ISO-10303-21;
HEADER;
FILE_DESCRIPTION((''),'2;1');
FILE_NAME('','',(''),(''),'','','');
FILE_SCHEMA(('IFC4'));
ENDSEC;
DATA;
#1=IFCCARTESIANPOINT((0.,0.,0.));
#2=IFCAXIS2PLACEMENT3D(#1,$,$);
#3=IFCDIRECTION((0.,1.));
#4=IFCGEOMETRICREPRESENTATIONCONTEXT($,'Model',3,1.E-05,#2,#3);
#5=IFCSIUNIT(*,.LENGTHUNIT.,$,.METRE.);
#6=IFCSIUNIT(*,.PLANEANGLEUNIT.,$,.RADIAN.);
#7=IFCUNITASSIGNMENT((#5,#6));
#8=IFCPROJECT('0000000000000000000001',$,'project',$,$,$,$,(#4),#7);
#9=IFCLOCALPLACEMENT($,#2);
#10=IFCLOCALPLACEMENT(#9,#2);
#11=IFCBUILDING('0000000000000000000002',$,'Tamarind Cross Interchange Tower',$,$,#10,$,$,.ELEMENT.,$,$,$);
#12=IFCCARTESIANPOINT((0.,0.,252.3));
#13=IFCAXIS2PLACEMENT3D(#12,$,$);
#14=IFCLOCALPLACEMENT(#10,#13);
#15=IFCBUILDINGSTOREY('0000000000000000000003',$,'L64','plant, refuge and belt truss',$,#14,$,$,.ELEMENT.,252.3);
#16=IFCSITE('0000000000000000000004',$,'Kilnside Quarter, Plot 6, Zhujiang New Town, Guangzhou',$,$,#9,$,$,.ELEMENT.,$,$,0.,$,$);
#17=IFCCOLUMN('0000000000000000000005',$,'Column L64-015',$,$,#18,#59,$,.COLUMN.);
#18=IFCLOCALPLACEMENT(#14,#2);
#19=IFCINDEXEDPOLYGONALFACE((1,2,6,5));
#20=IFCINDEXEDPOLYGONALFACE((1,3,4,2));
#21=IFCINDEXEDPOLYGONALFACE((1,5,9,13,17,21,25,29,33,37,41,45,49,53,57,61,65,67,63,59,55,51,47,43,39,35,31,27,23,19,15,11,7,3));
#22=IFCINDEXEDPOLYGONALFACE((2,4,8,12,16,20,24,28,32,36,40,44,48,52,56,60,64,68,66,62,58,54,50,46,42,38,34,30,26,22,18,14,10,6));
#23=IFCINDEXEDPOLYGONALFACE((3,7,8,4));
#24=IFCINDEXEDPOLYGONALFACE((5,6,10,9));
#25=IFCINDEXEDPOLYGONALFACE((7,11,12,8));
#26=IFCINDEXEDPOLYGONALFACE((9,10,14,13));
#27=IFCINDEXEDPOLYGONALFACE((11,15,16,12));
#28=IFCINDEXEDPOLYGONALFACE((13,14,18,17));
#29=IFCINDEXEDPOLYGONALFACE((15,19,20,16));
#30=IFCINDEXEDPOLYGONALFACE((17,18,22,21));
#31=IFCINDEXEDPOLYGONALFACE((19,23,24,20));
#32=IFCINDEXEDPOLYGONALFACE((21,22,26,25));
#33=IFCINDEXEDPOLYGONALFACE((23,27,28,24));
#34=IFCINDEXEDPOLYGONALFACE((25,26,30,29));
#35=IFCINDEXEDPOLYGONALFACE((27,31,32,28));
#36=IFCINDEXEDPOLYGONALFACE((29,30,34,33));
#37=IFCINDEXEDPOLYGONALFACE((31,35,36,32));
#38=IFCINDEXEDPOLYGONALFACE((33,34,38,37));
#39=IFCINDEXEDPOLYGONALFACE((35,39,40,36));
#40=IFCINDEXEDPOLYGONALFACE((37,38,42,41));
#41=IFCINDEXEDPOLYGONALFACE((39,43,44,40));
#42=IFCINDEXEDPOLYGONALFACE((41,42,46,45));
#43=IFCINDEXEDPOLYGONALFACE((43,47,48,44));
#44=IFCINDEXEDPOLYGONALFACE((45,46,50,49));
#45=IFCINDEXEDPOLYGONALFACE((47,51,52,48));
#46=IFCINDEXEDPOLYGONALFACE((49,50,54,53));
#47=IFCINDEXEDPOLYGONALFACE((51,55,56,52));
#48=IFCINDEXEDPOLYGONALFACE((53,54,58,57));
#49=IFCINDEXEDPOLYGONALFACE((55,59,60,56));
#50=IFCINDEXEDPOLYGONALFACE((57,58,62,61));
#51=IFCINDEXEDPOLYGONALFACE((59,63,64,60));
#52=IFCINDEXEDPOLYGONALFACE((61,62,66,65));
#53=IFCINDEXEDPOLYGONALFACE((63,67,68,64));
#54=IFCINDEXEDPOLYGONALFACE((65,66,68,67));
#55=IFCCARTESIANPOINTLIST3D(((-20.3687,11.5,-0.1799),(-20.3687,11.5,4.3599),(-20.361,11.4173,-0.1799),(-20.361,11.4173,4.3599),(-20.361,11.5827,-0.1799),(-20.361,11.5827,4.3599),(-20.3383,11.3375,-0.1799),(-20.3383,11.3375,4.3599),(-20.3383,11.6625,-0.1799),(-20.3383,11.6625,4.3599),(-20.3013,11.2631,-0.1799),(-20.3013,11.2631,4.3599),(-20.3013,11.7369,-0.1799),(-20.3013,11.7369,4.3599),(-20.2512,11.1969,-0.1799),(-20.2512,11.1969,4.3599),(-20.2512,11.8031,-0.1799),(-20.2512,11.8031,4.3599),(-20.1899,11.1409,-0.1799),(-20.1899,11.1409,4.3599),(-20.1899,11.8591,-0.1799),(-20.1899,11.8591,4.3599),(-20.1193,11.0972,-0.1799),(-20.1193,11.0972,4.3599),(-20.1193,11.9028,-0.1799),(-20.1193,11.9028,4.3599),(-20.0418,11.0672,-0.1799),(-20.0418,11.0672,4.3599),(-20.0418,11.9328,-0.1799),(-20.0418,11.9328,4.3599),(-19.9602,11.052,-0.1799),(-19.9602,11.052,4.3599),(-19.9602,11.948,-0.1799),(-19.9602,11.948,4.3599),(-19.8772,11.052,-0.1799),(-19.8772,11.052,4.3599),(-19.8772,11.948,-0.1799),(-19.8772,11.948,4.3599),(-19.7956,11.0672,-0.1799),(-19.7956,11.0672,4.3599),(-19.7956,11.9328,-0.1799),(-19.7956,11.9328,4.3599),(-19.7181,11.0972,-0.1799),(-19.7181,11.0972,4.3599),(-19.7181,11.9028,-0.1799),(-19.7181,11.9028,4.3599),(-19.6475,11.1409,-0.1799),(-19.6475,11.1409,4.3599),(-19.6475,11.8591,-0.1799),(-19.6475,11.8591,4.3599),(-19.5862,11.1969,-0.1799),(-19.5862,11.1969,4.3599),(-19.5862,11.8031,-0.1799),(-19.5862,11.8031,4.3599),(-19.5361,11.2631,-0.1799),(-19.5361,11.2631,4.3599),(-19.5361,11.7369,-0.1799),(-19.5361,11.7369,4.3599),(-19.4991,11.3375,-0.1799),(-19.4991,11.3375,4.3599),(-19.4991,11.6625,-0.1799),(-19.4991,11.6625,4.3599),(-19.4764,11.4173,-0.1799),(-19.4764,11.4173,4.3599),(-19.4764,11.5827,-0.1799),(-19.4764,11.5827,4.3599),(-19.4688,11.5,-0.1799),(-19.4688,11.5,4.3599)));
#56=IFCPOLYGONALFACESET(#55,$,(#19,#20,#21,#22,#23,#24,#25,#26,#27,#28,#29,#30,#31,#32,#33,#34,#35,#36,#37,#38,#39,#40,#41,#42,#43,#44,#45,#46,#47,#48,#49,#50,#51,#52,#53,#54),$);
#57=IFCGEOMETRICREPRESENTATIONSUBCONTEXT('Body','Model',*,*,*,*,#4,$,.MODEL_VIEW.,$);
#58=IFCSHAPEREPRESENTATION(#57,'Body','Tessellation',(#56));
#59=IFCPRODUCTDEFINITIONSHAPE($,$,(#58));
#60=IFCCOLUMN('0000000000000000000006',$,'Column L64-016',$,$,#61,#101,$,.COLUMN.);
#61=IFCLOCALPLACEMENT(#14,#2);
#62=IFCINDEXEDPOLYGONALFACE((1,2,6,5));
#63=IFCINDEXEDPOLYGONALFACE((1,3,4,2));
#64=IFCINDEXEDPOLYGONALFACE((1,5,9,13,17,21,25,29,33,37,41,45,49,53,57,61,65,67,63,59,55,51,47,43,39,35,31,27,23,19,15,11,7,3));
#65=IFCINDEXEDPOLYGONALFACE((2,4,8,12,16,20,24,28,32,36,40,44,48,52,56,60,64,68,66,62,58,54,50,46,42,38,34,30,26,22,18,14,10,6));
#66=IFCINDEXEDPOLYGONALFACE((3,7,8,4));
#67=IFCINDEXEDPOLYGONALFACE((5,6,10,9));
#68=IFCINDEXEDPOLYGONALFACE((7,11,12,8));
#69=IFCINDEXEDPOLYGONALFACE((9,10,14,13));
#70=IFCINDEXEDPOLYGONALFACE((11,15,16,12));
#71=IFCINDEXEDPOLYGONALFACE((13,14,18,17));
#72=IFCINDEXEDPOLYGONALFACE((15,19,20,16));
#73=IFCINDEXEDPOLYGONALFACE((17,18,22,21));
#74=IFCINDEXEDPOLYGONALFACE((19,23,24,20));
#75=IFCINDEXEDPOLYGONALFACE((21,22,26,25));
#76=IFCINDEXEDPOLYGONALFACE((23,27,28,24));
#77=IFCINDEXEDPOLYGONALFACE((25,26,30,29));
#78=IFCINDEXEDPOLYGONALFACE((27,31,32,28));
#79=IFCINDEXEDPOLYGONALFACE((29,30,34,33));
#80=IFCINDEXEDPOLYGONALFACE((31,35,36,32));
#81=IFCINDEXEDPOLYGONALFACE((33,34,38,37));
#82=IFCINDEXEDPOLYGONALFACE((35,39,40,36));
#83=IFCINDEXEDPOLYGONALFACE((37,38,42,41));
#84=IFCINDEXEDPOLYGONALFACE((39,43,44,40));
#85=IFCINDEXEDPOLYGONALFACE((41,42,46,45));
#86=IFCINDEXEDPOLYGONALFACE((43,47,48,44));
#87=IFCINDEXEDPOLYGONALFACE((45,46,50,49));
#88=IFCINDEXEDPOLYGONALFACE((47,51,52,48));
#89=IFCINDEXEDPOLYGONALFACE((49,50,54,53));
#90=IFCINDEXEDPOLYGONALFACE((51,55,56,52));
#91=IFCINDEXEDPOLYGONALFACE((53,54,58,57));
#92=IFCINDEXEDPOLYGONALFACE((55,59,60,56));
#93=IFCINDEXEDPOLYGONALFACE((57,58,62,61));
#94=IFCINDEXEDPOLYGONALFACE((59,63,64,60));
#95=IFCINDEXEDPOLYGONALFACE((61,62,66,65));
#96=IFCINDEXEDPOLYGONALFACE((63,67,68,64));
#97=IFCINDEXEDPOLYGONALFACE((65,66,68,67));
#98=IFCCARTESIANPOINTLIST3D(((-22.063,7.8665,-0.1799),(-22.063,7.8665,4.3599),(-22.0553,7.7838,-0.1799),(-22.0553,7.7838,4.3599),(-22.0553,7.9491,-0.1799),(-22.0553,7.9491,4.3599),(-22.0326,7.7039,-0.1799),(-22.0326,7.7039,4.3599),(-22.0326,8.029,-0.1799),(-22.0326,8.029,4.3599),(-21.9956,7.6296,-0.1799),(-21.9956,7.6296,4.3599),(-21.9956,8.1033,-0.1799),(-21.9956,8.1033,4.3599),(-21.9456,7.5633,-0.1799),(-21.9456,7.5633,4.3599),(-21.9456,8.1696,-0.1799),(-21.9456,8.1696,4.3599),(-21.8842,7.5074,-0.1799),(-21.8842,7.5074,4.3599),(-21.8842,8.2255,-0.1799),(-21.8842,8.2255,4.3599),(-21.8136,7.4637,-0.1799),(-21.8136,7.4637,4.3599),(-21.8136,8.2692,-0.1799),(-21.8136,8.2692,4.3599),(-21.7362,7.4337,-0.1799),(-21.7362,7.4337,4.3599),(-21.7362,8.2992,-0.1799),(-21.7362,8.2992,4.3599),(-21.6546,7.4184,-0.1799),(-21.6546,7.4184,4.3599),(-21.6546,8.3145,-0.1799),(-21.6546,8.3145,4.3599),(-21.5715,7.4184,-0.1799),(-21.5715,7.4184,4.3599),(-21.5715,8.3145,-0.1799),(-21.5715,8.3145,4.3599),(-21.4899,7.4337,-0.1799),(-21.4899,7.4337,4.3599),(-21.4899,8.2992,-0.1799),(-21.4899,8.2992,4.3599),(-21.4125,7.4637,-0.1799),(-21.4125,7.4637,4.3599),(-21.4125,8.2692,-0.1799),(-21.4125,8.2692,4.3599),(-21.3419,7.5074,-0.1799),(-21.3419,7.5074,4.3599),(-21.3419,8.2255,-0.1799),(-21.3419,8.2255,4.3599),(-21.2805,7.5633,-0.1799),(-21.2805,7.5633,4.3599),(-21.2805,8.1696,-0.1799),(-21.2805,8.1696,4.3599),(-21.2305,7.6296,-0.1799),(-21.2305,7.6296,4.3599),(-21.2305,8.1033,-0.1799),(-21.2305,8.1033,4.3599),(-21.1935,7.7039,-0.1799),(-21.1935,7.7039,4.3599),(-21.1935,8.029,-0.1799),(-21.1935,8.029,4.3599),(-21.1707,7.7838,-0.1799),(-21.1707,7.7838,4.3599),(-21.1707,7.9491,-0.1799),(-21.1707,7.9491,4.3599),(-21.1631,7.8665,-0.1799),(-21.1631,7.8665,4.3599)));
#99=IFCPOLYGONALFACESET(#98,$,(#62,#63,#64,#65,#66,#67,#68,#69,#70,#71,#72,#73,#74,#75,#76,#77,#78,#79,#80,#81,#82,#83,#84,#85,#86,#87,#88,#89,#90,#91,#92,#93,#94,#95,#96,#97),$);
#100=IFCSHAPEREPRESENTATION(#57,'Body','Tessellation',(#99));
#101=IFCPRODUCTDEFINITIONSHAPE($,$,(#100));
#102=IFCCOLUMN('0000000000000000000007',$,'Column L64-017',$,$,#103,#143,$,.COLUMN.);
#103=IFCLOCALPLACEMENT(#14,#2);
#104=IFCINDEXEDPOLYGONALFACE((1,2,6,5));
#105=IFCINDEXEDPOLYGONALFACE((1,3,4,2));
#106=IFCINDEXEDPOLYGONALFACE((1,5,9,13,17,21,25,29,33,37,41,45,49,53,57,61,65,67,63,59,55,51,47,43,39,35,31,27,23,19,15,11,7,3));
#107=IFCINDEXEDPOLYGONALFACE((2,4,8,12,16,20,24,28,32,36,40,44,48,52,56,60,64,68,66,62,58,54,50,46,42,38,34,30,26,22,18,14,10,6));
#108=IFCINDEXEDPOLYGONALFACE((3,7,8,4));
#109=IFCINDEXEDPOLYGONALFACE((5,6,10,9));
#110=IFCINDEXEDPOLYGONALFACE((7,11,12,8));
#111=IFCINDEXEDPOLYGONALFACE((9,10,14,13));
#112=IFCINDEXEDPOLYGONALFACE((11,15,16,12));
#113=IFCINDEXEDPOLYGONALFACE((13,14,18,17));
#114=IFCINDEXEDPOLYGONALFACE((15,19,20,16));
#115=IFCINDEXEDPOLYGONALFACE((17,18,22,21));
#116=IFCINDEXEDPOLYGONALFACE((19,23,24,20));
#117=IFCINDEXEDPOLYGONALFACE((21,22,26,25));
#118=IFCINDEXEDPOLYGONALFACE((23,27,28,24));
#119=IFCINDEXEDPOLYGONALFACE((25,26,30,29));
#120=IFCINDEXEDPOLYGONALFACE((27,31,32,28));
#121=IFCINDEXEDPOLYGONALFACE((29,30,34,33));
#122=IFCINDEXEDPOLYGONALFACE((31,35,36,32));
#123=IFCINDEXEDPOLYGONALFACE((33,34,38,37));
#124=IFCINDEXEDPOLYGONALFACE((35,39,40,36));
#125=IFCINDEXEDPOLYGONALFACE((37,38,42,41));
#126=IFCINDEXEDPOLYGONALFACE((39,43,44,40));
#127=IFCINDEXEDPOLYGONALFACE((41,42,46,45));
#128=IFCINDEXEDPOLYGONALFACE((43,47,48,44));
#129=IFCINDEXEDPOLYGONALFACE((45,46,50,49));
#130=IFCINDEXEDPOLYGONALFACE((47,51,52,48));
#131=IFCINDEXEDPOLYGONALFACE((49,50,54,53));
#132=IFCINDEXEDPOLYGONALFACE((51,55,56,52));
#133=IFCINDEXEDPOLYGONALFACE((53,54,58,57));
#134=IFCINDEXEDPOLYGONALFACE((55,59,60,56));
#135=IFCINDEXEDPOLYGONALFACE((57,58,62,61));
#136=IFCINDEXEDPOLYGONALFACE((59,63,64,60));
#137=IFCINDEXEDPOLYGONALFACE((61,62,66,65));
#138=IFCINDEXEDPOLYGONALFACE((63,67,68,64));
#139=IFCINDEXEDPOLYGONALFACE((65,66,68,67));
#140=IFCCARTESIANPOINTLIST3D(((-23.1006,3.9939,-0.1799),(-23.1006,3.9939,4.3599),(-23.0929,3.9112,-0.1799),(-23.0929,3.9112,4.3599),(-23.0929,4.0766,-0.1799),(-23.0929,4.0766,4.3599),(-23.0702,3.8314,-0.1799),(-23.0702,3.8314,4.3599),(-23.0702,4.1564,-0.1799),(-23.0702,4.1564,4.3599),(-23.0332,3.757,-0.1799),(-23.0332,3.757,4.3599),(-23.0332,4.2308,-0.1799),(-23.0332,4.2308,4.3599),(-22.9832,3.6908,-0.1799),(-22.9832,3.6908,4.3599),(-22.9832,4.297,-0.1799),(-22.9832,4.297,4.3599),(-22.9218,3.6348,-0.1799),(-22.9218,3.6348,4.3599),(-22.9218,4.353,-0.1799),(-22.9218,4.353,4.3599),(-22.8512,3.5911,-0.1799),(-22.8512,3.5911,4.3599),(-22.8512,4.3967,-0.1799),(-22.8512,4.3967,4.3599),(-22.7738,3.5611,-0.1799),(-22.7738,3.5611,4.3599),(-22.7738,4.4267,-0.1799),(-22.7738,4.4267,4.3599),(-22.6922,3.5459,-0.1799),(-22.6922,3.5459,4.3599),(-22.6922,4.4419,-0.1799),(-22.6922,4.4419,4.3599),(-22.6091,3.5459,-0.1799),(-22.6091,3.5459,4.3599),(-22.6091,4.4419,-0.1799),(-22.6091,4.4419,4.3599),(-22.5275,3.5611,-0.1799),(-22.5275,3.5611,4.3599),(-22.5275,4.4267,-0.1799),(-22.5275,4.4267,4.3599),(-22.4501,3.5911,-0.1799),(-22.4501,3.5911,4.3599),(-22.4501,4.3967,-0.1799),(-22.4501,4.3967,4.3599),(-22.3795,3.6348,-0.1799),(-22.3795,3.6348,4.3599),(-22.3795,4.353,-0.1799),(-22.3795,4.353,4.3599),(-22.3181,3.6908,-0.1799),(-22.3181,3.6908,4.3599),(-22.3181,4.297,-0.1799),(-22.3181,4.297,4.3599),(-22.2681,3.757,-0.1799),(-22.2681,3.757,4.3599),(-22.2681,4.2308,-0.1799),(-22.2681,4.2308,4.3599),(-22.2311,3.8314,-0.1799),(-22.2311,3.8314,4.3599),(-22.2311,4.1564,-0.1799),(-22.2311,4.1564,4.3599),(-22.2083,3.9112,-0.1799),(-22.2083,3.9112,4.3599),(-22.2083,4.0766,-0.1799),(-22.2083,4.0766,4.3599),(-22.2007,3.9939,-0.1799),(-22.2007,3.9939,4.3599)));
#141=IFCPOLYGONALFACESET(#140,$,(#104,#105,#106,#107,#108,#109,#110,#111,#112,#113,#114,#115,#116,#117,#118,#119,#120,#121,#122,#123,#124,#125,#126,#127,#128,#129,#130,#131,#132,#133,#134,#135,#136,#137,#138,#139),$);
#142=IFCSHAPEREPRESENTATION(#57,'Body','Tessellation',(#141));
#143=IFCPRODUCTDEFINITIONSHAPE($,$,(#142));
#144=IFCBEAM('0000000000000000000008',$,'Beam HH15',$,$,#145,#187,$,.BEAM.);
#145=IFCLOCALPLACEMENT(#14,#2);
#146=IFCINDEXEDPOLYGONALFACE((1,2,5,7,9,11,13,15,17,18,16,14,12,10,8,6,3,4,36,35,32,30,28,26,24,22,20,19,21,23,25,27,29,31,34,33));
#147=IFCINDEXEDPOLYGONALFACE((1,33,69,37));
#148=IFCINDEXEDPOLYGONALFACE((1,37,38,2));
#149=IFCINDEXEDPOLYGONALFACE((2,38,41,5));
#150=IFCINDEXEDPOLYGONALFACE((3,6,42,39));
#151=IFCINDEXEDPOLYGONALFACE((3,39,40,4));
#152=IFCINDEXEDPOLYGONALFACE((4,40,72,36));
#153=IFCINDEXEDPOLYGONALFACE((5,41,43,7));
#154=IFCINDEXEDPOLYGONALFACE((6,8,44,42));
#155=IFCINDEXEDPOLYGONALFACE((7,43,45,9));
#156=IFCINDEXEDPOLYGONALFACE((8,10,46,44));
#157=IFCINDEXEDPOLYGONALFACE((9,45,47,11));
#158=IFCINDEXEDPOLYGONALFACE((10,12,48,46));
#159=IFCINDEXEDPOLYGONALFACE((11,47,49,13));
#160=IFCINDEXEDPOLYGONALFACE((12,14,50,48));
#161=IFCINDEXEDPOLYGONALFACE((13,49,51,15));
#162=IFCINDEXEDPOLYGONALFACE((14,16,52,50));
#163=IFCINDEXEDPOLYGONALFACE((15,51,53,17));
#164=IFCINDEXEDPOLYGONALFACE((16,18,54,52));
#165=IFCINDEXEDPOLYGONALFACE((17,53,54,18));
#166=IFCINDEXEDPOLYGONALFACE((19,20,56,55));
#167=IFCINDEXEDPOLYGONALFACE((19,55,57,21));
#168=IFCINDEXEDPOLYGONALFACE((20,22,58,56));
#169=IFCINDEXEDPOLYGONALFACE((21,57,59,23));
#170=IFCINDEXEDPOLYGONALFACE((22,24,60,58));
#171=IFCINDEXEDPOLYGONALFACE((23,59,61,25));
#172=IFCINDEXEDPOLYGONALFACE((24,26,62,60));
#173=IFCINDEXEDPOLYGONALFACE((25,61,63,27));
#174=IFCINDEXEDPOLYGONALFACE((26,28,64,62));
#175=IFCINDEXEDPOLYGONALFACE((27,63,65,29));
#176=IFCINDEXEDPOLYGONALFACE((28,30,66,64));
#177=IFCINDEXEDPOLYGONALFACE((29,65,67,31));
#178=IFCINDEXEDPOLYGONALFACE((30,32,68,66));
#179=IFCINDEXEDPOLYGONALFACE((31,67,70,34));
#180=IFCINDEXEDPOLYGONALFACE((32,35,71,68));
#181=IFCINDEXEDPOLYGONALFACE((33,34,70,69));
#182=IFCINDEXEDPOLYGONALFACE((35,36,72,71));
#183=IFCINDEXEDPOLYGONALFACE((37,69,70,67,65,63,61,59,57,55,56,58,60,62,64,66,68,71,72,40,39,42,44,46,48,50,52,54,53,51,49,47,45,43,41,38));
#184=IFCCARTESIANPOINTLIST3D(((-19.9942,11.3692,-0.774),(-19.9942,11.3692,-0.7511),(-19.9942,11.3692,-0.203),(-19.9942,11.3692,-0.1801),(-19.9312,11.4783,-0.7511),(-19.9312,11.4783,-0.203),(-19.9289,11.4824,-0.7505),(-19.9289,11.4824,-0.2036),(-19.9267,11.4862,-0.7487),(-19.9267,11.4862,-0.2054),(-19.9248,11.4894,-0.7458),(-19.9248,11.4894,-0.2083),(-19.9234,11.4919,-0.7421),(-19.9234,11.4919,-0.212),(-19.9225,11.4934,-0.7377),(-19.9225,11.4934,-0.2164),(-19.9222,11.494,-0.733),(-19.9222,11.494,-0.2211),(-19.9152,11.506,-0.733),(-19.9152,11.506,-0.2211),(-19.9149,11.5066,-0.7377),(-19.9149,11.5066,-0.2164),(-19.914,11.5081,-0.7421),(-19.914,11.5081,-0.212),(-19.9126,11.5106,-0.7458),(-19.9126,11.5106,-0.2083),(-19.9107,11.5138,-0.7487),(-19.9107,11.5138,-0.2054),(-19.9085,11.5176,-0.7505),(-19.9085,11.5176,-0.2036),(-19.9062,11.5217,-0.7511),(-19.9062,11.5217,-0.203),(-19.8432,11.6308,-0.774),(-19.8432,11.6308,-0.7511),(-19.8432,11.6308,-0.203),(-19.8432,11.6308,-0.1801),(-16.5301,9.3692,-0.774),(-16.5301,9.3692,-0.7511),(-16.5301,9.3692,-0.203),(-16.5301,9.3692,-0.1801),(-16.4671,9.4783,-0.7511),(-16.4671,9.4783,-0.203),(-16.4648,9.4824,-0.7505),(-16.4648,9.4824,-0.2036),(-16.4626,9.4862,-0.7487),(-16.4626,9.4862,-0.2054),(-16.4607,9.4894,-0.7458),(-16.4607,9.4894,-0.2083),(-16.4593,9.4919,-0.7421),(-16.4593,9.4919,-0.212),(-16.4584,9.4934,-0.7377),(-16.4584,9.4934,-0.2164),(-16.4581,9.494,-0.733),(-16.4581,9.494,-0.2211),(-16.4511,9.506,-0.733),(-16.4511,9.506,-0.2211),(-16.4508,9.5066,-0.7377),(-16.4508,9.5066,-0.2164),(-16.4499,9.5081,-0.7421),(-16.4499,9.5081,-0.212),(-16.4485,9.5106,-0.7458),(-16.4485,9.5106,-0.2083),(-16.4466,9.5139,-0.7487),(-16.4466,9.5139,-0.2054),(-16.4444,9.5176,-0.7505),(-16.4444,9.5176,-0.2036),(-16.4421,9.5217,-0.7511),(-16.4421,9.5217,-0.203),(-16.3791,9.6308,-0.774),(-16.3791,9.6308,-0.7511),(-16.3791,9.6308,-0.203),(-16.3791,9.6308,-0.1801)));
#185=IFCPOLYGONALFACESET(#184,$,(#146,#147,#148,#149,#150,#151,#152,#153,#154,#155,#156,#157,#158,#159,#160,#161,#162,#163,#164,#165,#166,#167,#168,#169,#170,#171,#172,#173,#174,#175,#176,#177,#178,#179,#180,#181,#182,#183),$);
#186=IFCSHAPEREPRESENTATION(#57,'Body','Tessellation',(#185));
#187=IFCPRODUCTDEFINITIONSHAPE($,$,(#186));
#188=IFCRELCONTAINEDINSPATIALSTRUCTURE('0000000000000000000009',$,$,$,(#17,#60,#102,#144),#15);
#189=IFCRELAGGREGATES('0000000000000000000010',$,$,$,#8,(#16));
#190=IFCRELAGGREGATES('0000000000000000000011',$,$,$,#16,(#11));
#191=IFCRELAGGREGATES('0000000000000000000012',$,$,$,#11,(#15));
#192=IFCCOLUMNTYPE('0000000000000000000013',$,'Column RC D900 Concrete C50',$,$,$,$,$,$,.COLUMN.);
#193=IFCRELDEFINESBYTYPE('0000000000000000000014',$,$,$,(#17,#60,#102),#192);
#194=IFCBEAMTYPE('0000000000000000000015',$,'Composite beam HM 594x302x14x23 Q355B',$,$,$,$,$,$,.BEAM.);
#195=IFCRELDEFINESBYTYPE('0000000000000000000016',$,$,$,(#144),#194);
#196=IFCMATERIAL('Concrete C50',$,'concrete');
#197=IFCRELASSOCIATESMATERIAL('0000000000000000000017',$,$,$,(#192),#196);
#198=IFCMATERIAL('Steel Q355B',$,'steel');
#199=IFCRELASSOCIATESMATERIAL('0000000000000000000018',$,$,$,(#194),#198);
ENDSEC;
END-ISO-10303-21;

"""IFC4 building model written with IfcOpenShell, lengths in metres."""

from ifc_helpers import new_model, si_unit, direction, frame, origin, origin_2d, place, context, subcontext, project, spatial, circle, i_section, extrude, material, material_profile, profile_set, type_object, element, save


model = new_model("IFC4")

# Units and contexts
model_context = context("Model", 3, precision=1e-05, world=origin(), true_north=direction((0.0, 1.0)))
body_context = subcontext(model_context, "Body", "Model", "MODEL_VIEW")
ifc_project = project(units=[si_unit("LENGTHUNIT", "METRE"), si_unit("PLANEANGLEUNIT", "RADIAN")], contexts=[model_context])

# Site, building, storey
site_placement = place(None, origin())
site = spatial("IfcSite", under=ifc_project, at=site_placement, Name="Kilnside Quarter, Plot 6, Zhujiang New Town, Guangzhou", CompositionType="ELEMENT", RefElevation=0.0)
building_placement = place(site_placement, origin())
building = spatial("IfcBuilding", under=site, at=building_placement, Name="Tamarind Cross Interchange Tower", CompositionType="ELEMENT")
storey_placement = place(building_placement, frame((0.0, 0.0, 252.3)))
storey = spatial("IfcBuildingStorey", under=building, at=storey_placement, Name="L64", Description="plant, refuge and belt truss", CompositionType="ELEMENT", Elevation=252.3)

# Columns
ifc_material_1 = material(Name="Concrete C50", Category="concrete")
ifc_material_profile_1 = material_profile(ifc_material_1, circle(Radius=0.45, at=origin_2d()), Name="RC D900")
ifc_profile_set_1 = profile_set([ifc_material_profile_1], Name="Concrete C50")
column_type = type_object("IfcColumnType", Name="Column RC D900 Concrete C50", PredefinedType="COLUMN", material=ifc_profile_set_1)
for number, where, z_axis, x_axis, name in (
    (1, (-19.9187, 11.5, -0.1799), (0.0, 0.0, 1.0), (1.0, 0.0, 0.0), "Column L64-015"),
    (2, (-21.613, 7.8665, -0.1799), (0.0, 0.0, 1.0), (1.0, 0.0, 0.0), "Column L64-016"),
    (3, (-22.6506, 3.9939, -0.1799), (0.0, 0.0, 1.0), (1.0, 0.0, 0.0), "Column L64-017"),
):
    element("IfcColumn", number, at=place(storey_placement, frame(where, z_axis=z_axis, x_axis=x_axis)), inside=storey, type_object=column_type, Name=name, PredefinedType="COLUMN", context=body_context, shape_type="SweptSolid", body=[
        extrude(circle(Radius=0.45, at=origin_2d()), origin(), (0.0, 0.0, 1.0), 4.5398),
    ])

# Beam
ifc_material_2 = material(Name="Steel Q355B", Category="steel")
ifc_material_profile_2 = material_profile(ifc_material_2, i_section(OverallWidth=0.302, OverallDepth=0.594, WebThickness=0.0139, FlangeThickness=0.0229, FilletRadius=0.0181, at=origin_2d()), Name="HM 594x302x14x23")
ifc_profile_set_2 = profile_set([ifc_material_profile_2], Name="Steel Q355B")
beam_type = type_object("IfcBeamType", Name="Composite beam HM 594x302x14x23 Q355B", PredefinedType="BEAM", material=ifc_profile_set_2)
beam_1_placement = place(storey_placement, frame((-19.9187, 11.5, -0.4771), z_axis=(0.866026, -0.499999, 0.0), x_axis=(0.499999, 0.866026, 0.0)))
element("IfcBeam", 4, at=beam_1_placement, inside=storey, type_object=beam_type, Name="Beam HH15", PredefinedType="BEAM", context=body_context, shape_type="SweptSolid", body=[
    extrude(i_section(OverallWidth=0.302, OverallDepth=0.594, WebThickness=0.0139, FlangeThickness=0.0229, FilletRadius=0.0181, at=origin_2d()), origin(), (0.0, 0.0, 1.0), 4.0),
])

save(model, "model.ifc")
